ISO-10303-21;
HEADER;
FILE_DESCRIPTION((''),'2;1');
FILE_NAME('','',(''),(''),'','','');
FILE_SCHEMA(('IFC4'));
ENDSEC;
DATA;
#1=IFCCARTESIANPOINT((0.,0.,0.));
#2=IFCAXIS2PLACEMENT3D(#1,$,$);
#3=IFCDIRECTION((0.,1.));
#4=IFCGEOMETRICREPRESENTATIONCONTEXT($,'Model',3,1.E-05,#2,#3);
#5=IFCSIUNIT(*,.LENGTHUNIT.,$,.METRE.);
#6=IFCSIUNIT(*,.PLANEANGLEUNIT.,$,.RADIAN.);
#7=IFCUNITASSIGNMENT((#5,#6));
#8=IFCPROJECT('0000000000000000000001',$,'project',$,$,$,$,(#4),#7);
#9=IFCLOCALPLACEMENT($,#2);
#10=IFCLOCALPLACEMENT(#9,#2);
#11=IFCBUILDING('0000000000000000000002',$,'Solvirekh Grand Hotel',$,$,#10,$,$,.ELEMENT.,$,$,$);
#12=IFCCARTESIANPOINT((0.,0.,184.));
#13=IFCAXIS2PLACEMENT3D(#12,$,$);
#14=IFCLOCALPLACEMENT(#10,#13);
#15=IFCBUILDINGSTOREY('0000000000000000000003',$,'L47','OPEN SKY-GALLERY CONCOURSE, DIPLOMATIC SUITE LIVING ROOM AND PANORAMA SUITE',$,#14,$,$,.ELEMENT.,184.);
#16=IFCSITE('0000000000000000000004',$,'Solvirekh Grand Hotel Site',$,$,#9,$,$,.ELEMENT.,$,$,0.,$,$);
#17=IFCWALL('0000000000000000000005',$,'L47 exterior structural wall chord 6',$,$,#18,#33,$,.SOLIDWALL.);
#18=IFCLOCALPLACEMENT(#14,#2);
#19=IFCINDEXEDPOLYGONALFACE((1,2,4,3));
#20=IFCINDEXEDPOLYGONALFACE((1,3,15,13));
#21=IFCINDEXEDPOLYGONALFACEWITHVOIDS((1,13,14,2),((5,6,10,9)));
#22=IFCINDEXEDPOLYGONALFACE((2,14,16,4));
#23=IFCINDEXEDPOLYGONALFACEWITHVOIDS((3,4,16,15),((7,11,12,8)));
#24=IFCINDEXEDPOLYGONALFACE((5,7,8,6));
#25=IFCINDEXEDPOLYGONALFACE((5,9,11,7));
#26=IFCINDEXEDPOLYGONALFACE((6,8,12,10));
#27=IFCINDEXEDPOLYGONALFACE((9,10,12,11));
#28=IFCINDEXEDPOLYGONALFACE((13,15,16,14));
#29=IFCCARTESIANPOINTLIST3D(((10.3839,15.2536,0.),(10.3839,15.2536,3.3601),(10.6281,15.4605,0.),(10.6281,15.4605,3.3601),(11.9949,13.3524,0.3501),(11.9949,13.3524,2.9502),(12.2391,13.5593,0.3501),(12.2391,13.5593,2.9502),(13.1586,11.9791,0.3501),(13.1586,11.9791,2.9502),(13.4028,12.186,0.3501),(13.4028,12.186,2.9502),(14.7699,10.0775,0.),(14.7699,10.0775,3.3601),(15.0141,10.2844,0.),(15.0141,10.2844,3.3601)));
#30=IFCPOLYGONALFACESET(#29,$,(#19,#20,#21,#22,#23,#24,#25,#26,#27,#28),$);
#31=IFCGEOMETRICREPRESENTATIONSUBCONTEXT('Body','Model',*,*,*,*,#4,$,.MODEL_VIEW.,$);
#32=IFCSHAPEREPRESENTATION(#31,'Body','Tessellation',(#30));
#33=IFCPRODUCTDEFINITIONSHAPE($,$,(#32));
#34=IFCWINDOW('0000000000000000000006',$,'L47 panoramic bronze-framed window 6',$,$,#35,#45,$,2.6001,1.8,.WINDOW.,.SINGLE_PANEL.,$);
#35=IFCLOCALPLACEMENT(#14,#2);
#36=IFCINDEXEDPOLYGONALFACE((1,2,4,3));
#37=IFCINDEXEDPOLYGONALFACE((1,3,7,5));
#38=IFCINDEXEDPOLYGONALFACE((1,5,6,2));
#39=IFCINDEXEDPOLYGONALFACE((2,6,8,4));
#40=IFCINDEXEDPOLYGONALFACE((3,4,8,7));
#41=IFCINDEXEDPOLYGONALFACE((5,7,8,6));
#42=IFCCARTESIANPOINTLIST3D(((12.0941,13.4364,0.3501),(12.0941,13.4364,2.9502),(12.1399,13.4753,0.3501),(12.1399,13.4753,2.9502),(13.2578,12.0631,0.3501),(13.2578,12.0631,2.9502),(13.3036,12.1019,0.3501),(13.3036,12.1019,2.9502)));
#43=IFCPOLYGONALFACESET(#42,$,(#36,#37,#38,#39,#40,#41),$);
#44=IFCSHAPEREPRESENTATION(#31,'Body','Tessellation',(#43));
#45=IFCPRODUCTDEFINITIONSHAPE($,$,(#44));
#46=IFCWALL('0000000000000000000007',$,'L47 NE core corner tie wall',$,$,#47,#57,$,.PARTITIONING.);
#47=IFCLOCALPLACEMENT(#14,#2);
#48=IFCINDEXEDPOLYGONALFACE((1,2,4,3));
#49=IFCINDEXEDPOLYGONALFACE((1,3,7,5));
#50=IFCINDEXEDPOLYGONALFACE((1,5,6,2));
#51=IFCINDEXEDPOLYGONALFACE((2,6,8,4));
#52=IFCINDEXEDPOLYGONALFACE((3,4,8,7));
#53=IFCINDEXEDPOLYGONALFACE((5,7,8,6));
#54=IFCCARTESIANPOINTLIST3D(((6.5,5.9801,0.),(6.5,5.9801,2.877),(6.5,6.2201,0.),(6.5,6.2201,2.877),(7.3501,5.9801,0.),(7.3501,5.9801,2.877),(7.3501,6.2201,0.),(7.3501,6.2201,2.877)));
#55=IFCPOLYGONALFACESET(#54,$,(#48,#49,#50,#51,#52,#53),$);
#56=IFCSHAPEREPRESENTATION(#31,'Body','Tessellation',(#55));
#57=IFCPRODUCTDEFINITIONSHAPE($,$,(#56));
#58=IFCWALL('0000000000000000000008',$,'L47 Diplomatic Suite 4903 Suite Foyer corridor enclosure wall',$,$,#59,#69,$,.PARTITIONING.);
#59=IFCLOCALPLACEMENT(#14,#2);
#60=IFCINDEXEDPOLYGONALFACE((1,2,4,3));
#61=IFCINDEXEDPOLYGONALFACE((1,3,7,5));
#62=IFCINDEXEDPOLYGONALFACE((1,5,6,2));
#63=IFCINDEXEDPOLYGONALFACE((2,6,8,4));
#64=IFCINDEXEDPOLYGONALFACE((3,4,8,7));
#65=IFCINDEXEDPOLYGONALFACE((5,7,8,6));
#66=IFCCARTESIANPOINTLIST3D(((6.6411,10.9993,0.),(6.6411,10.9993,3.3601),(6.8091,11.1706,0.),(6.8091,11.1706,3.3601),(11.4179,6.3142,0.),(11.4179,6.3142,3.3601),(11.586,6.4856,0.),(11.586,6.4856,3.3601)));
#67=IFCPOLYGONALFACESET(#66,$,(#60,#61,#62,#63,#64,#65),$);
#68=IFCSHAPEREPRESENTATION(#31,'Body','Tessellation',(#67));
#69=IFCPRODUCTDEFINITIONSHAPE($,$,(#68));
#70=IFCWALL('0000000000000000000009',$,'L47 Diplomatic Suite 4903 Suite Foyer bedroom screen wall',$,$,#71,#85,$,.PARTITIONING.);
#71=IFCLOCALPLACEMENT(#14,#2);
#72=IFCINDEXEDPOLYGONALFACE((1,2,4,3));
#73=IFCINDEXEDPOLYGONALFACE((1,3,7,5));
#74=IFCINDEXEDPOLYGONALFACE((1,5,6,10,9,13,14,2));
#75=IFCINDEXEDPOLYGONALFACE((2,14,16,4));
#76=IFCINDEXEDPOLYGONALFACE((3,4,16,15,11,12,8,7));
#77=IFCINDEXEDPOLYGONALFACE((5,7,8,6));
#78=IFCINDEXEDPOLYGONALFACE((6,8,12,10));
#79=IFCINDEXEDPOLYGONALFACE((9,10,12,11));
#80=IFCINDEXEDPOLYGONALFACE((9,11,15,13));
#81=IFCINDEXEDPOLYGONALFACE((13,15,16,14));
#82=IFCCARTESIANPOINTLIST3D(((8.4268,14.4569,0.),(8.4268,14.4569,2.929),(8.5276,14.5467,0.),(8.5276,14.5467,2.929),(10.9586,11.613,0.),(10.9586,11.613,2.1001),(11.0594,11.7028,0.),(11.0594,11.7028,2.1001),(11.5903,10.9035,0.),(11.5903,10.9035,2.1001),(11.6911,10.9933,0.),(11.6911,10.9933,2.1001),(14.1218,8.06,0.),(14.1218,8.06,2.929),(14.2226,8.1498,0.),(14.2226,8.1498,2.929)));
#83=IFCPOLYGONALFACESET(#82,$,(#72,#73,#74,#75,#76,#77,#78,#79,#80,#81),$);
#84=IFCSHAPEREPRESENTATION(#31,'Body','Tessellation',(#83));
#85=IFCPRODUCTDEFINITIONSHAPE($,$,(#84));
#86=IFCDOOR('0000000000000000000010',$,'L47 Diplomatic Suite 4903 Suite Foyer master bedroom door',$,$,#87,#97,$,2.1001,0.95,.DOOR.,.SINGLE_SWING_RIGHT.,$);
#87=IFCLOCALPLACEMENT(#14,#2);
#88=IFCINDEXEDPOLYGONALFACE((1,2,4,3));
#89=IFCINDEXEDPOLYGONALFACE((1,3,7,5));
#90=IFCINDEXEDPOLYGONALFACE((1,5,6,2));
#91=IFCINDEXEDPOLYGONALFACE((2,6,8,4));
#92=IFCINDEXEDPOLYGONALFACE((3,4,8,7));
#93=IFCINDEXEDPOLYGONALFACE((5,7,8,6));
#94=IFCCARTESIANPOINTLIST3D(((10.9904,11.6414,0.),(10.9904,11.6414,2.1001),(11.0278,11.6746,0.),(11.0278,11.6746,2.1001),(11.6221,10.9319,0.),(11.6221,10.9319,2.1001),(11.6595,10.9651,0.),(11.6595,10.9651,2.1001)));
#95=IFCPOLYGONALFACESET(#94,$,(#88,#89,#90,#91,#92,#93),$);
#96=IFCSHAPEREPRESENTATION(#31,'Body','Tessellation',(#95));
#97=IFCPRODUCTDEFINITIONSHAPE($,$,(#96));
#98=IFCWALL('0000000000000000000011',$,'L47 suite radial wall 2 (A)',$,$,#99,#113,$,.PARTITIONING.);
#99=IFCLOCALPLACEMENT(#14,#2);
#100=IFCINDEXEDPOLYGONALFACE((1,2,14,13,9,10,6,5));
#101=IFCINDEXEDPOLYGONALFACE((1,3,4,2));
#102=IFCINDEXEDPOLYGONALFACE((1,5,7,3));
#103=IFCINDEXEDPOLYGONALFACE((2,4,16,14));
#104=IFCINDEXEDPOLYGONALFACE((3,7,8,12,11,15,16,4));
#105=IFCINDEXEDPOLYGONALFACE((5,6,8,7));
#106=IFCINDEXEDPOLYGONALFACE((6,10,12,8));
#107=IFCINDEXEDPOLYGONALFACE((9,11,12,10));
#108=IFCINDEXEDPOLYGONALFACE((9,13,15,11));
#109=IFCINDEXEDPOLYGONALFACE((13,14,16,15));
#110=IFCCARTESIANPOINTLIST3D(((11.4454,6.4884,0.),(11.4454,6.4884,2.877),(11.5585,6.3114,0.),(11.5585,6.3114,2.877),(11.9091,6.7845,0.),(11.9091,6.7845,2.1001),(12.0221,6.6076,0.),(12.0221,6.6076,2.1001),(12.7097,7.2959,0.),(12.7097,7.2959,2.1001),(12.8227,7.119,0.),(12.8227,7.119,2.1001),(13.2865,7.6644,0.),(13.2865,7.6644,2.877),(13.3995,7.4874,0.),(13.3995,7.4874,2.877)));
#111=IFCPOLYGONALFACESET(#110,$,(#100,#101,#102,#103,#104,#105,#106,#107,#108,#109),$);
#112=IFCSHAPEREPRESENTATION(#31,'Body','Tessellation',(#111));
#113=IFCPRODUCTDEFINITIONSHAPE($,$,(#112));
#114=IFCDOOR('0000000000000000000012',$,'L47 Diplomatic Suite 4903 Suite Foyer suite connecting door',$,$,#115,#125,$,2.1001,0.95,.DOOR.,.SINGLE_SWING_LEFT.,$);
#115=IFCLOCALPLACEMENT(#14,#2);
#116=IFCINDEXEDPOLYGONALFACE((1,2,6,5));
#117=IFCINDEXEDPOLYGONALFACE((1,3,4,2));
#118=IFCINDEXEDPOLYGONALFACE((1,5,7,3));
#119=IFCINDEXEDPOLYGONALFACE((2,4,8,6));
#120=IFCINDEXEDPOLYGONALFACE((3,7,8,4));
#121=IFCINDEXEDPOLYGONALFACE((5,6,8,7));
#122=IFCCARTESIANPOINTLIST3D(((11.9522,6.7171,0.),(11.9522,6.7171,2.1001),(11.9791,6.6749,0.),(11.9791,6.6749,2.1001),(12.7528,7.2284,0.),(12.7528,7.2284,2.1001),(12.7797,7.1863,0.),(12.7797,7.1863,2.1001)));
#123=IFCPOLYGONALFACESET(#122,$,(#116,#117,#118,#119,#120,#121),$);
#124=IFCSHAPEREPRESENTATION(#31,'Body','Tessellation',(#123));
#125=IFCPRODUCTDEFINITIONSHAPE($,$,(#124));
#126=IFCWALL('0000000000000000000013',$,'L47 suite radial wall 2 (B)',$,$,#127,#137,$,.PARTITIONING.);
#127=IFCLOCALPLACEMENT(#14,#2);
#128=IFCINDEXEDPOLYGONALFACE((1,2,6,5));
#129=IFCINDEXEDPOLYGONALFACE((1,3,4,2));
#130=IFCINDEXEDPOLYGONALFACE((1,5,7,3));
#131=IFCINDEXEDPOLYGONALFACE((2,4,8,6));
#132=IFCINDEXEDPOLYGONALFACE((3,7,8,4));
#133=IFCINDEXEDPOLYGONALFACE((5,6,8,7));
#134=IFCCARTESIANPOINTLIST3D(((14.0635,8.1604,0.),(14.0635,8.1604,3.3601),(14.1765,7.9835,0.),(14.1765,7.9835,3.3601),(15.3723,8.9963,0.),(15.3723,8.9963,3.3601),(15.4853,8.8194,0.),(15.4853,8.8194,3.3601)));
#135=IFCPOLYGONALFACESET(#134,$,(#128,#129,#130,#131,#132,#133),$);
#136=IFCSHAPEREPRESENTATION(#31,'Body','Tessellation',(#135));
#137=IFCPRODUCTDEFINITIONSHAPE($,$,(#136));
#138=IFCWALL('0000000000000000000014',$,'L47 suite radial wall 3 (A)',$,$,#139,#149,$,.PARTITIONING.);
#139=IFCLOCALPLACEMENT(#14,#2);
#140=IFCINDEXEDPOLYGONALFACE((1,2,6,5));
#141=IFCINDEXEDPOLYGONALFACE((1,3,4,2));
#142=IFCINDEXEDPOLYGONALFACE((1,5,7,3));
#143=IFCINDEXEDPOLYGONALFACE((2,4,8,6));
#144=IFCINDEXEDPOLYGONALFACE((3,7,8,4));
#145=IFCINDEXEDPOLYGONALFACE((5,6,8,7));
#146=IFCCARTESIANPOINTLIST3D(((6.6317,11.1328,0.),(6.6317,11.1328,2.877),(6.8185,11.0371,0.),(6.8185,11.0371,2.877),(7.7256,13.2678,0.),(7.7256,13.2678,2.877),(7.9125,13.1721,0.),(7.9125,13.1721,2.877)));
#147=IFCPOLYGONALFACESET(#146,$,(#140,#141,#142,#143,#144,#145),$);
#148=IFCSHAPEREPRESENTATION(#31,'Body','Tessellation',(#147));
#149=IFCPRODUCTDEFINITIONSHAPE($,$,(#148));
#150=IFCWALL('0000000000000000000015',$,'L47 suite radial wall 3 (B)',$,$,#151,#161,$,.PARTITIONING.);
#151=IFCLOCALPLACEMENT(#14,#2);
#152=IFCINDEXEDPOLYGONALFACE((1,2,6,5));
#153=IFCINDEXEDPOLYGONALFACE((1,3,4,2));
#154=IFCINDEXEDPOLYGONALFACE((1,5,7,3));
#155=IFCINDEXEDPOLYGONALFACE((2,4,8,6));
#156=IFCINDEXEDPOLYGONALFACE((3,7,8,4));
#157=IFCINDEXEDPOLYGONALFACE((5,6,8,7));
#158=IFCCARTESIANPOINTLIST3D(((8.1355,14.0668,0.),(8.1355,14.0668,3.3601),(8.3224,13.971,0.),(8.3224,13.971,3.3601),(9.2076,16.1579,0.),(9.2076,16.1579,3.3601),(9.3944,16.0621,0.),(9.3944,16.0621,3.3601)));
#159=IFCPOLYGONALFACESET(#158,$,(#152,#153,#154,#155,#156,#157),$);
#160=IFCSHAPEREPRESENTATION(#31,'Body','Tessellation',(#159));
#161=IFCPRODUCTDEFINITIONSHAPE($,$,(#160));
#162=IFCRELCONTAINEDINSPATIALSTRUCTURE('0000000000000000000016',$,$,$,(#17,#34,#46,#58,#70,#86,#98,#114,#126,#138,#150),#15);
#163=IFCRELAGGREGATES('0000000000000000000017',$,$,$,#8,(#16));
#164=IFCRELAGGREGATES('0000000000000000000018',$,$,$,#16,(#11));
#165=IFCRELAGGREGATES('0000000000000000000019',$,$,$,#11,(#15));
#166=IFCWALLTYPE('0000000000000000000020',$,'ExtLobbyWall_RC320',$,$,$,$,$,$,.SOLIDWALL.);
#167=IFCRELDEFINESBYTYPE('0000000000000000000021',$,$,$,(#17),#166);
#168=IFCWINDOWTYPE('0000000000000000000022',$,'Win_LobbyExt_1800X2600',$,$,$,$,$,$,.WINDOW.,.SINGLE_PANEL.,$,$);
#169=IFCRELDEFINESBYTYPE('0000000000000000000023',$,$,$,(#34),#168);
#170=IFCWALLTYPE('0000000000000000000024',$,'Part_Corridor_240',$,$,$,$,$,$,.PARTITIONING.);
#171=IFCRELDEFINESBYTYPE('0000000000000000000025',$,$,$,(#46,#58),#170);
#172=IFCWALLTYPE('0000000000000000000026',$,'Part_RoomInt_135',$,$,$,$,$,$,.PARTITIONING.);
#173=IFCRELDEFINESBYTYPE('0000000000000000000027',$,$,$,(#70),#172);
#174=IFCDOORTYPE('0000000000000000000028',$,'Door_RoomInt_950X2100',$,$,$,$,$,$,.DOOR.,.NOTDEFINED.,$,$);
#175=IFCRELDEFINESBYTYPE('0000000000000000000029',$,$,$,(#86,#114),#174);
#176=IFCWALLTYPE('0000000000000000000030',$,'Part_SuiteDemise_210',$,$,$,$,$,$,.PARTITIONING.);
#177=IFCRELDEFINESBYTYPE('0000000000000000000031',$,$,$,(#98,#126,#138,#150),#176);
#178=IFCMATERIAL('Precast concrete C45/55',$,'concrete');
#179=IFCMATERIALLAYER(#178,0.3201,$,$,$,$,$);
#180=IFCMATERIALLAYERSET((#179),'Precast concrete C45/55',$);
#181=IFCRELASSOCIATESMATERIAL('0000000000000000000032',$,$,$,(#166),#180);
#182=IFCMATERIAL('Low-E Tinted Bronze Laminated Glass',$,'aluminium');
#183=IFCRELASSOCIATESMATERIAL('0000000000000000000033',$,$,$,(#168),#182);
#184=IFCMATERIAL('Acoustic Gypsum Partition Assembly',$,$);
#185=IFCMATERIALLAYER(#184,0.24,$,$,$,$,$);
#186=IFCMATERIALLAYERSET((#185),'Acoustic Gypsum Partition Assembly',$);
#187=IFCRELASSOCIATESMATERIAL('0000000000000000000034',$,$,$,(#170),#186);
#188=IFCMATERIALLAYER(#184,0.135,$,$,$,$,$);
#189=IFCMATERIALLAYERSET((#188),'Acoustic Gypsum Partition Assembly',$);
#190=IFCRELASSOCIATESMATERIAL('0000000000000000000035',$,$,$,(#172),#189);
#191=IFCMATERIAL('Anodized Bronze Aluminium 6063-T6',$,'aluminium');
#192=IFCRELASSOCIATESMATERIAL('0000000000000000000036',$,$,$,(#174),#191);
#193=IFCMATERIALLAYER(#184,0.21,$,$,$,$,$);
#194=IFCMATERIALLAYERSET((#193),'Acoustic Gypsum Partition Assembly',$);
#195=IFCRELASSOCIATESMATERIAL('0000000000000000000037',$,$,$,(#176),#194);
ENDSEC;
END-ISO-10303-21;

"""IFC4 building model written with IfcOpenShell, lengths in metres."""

from ifc_helpers import new_model, si_unit, direction, frame, frame_2d, origin, place, context, subcontext, project, spatial, rectangle, extrude, material, layer, layer_set, type_object, element, fill, save


model = new_model("IFC4")

# Units and contexts
model_context = context("Model", 3, precision=1e-05, world=origin(), true_north=direction((0.0, 1.0)))
body_context = subcontext(model_context, "Body", "Model", "MODEL_VIEW")
ifc_project = project(units=[si_unit("LENGTHUNIT", "METRE"), si_unit("PLANEANGLEUNIT", "RADIAN")], contexts=[model_context])

# Site, building, storey
site_placement = place(None, origin())
site = spatial("IfcSite", under=ifc_project, at=site_placement, Name="Solvirekh Grand Hotel Site", CompositionType="ELEMENT", RefElevation=0.0)
building_placement = place(site_placement, origin())
building = spatial("IfcBuilding", under=site, at=building_placement, Name="Solvirekh Grand Hotel", CompositionType="ELEMENT")
storey_placement = place(building_placement, frame((0.0, 0.0, 184.0)))
storey = spatial("IfcBuildingStorey", under=building, at=storey_placement, Name="L47", Description="OPEN SKY-GALLERY CONCOURSE, DIPLOMATIC SUITE LIVING ROOM AND PANORAMA SUITE", CompositionType="ELEMENT", Elevation=184.0)

# Shared definitions
ifc_material_1 = material(Name="Precast concrete C45/55", Category="concrete")
ifc_layer_1 = layer(ifc_material_1, 0.3201)
ifc_layer_set_1 = layer_set([ifc_layer_1], Name="Precast concrete C45/55")
wall_type_1 = type_object("IfcWallType", Name="ExtLobbyWall_RC320", PredefinedType="SOLIDWALL", material=ifc_layer_set_1)
ifc_material_2 = material(Name="Anodized Bronze Aluminium 6063-T6", Category="aluminium")

# Wall, opening, window
wall_1_placement = place(storey_placement, frame((10.5061, 15.3569, 0.0), z_axis=(0.0, 0.0, 1.0), x_axis=(0.646481, -0.76293, 0.0)))
wall_1 = element("IfcWall", 1, at=wall_1_placement, inside=storey, type_object=wall_type_1, Name="L47 exterior structural wall chord 6", PredefinedType="SOLIDWALL", context=body_context, shape_type="SweptSolid", body=[
    extrude(rectangle(XDim=6.7844, YDim=0.3201, at=frame_2d((3.3921, 0.0))), origin(), (0.0, 0.0, 1.0), 3.3601),
])
opening_1_placement = place(wall_1_placement, frame((2.4919, 0.0, 0.3501)))
opening_1 = element("IfcOpeningElement", 2, at=opening_1_placement, cuts=wall_1, PredefinedType="OPENING", context=body_context, shape_type="SweptSolid", body=[
    extrude(rectangle(XDim=1.8, YDim=2.6001, at=frame_2d((0.8999, 1.3))), frame((0.0, 0.1699, 0.0), z_axis=(0.0, -1.0, 0.0), x_axis=(1.0, 0.0, 0.0)), (0.0, 0.0, 1.0), 0.3401),
])
ifc_material_3 = material(Name="Low-E Tinted Bronze Laminated Glass", Category="aluminium")
window_type = type_object("IfcWindowType", Name="Win_LobbyExt_1800X2600", PartitioningType="SINGLE_PANEL", PredefinedType="WINDOW", material=ifc_material_3)
window_placement = place(opening_1_placement, origin())
window = element("IfcWindow", 3, at=window_placement, inside=storey, type_object=window_type, Name="L47 panoramic bronze-framed window 6", OverallHeight=2.6001, OverallWidth=1.8, PartitioningType="SINGLE_PANEL", PredefinedType="WINDOW", context=body_context, shape_type="SweptSolid", body=[
    extrude(rectangle(XDim=1.8, YDim=2.6001, at=frame_2d((0.8999, 1.3))), frame((0.0, 0.03, 0.0), z_axis=(0.0, -1.0, 0.0), x_axis=(1.0, 0.0, 0.0)), (0.0, 0.0, 1.0), 0.0601),
])
fill(opening_1, window)

# Walls
ifc_material_4 = material(Name="Acoustic Gypsum Partition Assembly")
ifc_layer_2 = layer(ifc_material_4, 0.24)
ifc_layer_set_2 = layer_set([ifc_layer_2], Name="Acoustic Gypsum Partition Assembly")
wall_type_2 = type_object("IfcWallType", Name="Part_Corridor_240", PredefinedType="PARTITIONING", material=ifc_layer_set_2)
wall_2_placement = place(storey_placement, frame((6.5, 6.1001, 0.0), z_axis=(0.0, 0.0, 1.0), x_axis=(1.0, 0.0, 0.0)))
element("IfcWall", 4, at=wall_2_placement, inside=storey, type_object=wall_type_2, Name="L47 NE core corner tie wall", PredefinedType="PARTITIONING", context=body_context, shape_type="SweptSolid", body=[
    extrude(rectangle(XDim=0.8501, YDim=0.24, at=frame_2d((0.425, 0.0))), origin(), (0.0, 0.0, 1.0), 2.877),
])
wall_3_placement = place(storey_placement, frame((11.502, 6.3999, 0.0), z_axis=(0.0, 0.0, 1.0), x_axis=(-0.713933, 0.700214, 0.0)))
element("IfcWall", 5, at=wall_3_placement, inside=storey, type_object=wall_type_2, Name="L47 Diplomatic Suite 4903 Suite Foyer corridor enclosure wall", PredefinedType="PARTITIONING", context=body_context, shape_type="SweptSolid", body=[
    extrude(rectangle(XDim=6.6909, YDim=0.24, at=frame_2d((3.3455, 0.0))), origin(), (0.0, 0.0, 1.0), 3.3601),
])

# Walls, openings, doors
ifc_layer_3 = layer(ifc_material_4, 0.135)
ifc_layer_set_3 = layer_set([ifc_layer_3], Name="Acoustic Gypsum Partition Assembly")
wall_type_3 = type_object("IfcWallType", Name="Part_RoomInt_135", PredefinedType="PARTITIONING", material=ifc_layer_set_3)
wall_4_placement = place(storey_placement, frame((14.1721, 8.105, 0.0), z_axis=(0.0, 0.0, 1.0), x_axis=(-0.664942, 0.746895, 0.0)))
wall_4 = element("IfcWall", 6, at=wall_4_placement, inside=storey, type_object=wall_type_3, Name="L47 Diplomatic Suite 4903 Suite Foyer bedroom screen wall", PredefinedType="PARTITIONING", context=body_context, shape_type="SweptSolid", body=[
    extrude(rectangle(XDim=8.5647, YDim=0.135, at=frame_2d((4.2822, 0.0))), origin(), (0.0, 0.0, 1.0), 2.929),
])
opening_2_placement = place(wall_4_placement, frame((3.8069, 0.0, 0.0)))
opening_2 = element("IfcOpeningElement", 7, at=opening_2_placement, cuts=wall_4, PredefinedType="OPENING", context=body_context, shape_type="SweptSolid", body=[
    extrude(rectangle(XDim=0.95, YDim=2.1001, at=frame_2d((0.4751, 1.05))), frame((0.0, 0.0776, 0.0), z_axis=(0.0, -1.0, 0.0), x_axis=(1.0, 0.0, 0.0)), (0.0, 0.0, 1.0), 0.155),
])
door_type_1 = type_object("IfcDoorType", Name="Door_RoomInt_950X2100", OperationType="NOTDEFINED", PredefinedType="DOOR", material=ifc_material_2)
door_1_placement = place(opening_2_placement, origin())
door_1 = element("IfcDoor", 8, at=door_1_placement, inside=storey, type_object=door_type_1, Name="L47 Diplomatic Suite 4903 Suite Foyer master bedroom door", OperationType="SINGLE_SWING_RIGHT", OverallHeight=2.1001, OverallWidth=0.95, PredefinedType="DOOR", context=body_context, shape_type="SweptSolid", body=[
    extrude(rectangle(XDim=0.95, YDim=2.1001, at=frame_2d((0.4751, 1.05))), frame((0.0, 0.0249, 0.0), z_axis=(0.0, -1.0, 0.0), x_axis=(1.0, 0.0, 0.0)), (0.0, 0.0, 1.0), 0.05),
])
fill(opening_2, door_1)
ifc_layer_4 = layer(ifc_material_4, 0.21)
ifc_layer_set_4 = layer_set([ifc_layer_4], Name="Acoustic Gypsum Partition Assembly")
wall_type_4 = type_object("IfcWallType", Name="Part_SuiteDemise_210", PredefinedType="PARTITIONING", material=ifc_layer_set_4)
wall_5_placement = place(storey_placement, frame((11.502, 6.3999, 0.0), z_axis=(0.0, 0.0, 1.0), x_axis=(0.84274, 0.538321, 0.0)))
wall_5 = element("IfcWall", 9, at=wall_5_placement, inside=storey, type_object=wall_type_4, Name="L47 suite radial wall 2 (A)", PredefinedType="PARTITIONING", context=body_context, shape_type="SweptSolid", body=[
    extrude(rectangle(XDim=2.1846, YDim=0.21, at=frame_2d((1.0923, 0.0))), origin(), (0.0, 0.0, 1.0), 2.877),
])
opening_3_placement = place(wall_5_placement, frame((0.55, 0.0, 0.0)))
opening_3 = element("IfcOpeningElement", 10, at=opening_3_placement, cuts=wall_5, PredefinedType="OPENING", context=body_context, shape_type="SweptSolid", body=[
    extrude(rectangle(XDim=0.95, YDim=2.1001, at=frame_2d((0.4751, 1.05))), frame((0.0, 0.115, 0.0), z_axis=(0.0, -1.0, 0.0), x_axis=(1.0, 0.0, 0.0)), (0.0, 0.0, 1.0), 0.23),
])
door_2_placement = place(opening_3_placement, origin())
door_2 = element("IfcDoor", 11, at=door_2_placement, inside=storey, type_object=door_type_1, Name="L47 Diplomatic Suite 4903 Suite Foyer suite connecting door", OperationType="SINGLE_SWING_LEFT", OverallHeight=2.1001, OverallWidth=0.95, PredefinedType="DOOR", context=body_context, shape_type="SweptSolid", body=[
    extrude(rectangle(XDim=0.95, YDim=2.1001, at=frame_2d((0.4751, 1.05))), frame((0.0, 0.0249, 0.0), z_axis=(0.0, -1.0, 0.0), x_axis=(1.0, 0.0, 0.0)), (0.0, 0.0, 1.0), 0.05),
])
fill(opening_3, door_2)

# Walls
wall_6_placement = place(storey_placement, frame((14.1201, 8.072, 0.0), z_axis=(0.0, 0.0, 1.0), x_axis=(0.842774, 0.538268, 0.0)))
element("IfcWall", 12, at=wall_6_placement, inside=storey, type_object=wall_type_4, Name="L47 suite radial wall 2 (B)", PredefinedType="PARTITIONING", context=body_context, shape_type="SweptSolid", body=[
    extrude(rectangle(XDim=1.553, YDim=0.21, at=frame_2d((0.7764, 0.0))), origin(), (0.0, 0.0, 1.0), 3.3601),
])
wall_7_placement = place(storey_placement, frame((6.7251, 11.085, 0.0), z_axis=(0.0, 0.0, 1.0), x_axis=(0.456025, 0.889967, 0.0)))
element("IfcWall", 13, at=wall_7_placement, inside=storey, type_object=wall_type_4, Name="L47 suite radial wall 3 (A)", PredefinedType="PARTITIONING", context=body_context, shape_type="SweptSolid", body=[
    extrude(rectangle(XDim=2.3989, YDim=0.21, at=frame_2d((1.1995, 0.0))), origin(), (0.0, 0.0, 1.0), 2.877),
])
wall_8_placement = place(storey_placement, frame((8.229, 14.019, 0.0), z_axis=(0.0, 0.0, 1.0), x_axis=(0.456209, 0.889873, 0.0)))
element("IfcWall", 14, at=wall_8_placement, inside=storey, type_object=wall_type_4, Name="L47 suite radial wall 3 (B)", PredefinedType="PARTITIONING", context=body_context, shape_type="SweptSolid", body=[
    extrude(rectangle(XDim=2.3499, YDim=0.21, at=frame_2d((1.1748, 0.0))), origin(), (0.0, 0.0, 1.0), 3.3601),
])

save(model, "model.ifc")
